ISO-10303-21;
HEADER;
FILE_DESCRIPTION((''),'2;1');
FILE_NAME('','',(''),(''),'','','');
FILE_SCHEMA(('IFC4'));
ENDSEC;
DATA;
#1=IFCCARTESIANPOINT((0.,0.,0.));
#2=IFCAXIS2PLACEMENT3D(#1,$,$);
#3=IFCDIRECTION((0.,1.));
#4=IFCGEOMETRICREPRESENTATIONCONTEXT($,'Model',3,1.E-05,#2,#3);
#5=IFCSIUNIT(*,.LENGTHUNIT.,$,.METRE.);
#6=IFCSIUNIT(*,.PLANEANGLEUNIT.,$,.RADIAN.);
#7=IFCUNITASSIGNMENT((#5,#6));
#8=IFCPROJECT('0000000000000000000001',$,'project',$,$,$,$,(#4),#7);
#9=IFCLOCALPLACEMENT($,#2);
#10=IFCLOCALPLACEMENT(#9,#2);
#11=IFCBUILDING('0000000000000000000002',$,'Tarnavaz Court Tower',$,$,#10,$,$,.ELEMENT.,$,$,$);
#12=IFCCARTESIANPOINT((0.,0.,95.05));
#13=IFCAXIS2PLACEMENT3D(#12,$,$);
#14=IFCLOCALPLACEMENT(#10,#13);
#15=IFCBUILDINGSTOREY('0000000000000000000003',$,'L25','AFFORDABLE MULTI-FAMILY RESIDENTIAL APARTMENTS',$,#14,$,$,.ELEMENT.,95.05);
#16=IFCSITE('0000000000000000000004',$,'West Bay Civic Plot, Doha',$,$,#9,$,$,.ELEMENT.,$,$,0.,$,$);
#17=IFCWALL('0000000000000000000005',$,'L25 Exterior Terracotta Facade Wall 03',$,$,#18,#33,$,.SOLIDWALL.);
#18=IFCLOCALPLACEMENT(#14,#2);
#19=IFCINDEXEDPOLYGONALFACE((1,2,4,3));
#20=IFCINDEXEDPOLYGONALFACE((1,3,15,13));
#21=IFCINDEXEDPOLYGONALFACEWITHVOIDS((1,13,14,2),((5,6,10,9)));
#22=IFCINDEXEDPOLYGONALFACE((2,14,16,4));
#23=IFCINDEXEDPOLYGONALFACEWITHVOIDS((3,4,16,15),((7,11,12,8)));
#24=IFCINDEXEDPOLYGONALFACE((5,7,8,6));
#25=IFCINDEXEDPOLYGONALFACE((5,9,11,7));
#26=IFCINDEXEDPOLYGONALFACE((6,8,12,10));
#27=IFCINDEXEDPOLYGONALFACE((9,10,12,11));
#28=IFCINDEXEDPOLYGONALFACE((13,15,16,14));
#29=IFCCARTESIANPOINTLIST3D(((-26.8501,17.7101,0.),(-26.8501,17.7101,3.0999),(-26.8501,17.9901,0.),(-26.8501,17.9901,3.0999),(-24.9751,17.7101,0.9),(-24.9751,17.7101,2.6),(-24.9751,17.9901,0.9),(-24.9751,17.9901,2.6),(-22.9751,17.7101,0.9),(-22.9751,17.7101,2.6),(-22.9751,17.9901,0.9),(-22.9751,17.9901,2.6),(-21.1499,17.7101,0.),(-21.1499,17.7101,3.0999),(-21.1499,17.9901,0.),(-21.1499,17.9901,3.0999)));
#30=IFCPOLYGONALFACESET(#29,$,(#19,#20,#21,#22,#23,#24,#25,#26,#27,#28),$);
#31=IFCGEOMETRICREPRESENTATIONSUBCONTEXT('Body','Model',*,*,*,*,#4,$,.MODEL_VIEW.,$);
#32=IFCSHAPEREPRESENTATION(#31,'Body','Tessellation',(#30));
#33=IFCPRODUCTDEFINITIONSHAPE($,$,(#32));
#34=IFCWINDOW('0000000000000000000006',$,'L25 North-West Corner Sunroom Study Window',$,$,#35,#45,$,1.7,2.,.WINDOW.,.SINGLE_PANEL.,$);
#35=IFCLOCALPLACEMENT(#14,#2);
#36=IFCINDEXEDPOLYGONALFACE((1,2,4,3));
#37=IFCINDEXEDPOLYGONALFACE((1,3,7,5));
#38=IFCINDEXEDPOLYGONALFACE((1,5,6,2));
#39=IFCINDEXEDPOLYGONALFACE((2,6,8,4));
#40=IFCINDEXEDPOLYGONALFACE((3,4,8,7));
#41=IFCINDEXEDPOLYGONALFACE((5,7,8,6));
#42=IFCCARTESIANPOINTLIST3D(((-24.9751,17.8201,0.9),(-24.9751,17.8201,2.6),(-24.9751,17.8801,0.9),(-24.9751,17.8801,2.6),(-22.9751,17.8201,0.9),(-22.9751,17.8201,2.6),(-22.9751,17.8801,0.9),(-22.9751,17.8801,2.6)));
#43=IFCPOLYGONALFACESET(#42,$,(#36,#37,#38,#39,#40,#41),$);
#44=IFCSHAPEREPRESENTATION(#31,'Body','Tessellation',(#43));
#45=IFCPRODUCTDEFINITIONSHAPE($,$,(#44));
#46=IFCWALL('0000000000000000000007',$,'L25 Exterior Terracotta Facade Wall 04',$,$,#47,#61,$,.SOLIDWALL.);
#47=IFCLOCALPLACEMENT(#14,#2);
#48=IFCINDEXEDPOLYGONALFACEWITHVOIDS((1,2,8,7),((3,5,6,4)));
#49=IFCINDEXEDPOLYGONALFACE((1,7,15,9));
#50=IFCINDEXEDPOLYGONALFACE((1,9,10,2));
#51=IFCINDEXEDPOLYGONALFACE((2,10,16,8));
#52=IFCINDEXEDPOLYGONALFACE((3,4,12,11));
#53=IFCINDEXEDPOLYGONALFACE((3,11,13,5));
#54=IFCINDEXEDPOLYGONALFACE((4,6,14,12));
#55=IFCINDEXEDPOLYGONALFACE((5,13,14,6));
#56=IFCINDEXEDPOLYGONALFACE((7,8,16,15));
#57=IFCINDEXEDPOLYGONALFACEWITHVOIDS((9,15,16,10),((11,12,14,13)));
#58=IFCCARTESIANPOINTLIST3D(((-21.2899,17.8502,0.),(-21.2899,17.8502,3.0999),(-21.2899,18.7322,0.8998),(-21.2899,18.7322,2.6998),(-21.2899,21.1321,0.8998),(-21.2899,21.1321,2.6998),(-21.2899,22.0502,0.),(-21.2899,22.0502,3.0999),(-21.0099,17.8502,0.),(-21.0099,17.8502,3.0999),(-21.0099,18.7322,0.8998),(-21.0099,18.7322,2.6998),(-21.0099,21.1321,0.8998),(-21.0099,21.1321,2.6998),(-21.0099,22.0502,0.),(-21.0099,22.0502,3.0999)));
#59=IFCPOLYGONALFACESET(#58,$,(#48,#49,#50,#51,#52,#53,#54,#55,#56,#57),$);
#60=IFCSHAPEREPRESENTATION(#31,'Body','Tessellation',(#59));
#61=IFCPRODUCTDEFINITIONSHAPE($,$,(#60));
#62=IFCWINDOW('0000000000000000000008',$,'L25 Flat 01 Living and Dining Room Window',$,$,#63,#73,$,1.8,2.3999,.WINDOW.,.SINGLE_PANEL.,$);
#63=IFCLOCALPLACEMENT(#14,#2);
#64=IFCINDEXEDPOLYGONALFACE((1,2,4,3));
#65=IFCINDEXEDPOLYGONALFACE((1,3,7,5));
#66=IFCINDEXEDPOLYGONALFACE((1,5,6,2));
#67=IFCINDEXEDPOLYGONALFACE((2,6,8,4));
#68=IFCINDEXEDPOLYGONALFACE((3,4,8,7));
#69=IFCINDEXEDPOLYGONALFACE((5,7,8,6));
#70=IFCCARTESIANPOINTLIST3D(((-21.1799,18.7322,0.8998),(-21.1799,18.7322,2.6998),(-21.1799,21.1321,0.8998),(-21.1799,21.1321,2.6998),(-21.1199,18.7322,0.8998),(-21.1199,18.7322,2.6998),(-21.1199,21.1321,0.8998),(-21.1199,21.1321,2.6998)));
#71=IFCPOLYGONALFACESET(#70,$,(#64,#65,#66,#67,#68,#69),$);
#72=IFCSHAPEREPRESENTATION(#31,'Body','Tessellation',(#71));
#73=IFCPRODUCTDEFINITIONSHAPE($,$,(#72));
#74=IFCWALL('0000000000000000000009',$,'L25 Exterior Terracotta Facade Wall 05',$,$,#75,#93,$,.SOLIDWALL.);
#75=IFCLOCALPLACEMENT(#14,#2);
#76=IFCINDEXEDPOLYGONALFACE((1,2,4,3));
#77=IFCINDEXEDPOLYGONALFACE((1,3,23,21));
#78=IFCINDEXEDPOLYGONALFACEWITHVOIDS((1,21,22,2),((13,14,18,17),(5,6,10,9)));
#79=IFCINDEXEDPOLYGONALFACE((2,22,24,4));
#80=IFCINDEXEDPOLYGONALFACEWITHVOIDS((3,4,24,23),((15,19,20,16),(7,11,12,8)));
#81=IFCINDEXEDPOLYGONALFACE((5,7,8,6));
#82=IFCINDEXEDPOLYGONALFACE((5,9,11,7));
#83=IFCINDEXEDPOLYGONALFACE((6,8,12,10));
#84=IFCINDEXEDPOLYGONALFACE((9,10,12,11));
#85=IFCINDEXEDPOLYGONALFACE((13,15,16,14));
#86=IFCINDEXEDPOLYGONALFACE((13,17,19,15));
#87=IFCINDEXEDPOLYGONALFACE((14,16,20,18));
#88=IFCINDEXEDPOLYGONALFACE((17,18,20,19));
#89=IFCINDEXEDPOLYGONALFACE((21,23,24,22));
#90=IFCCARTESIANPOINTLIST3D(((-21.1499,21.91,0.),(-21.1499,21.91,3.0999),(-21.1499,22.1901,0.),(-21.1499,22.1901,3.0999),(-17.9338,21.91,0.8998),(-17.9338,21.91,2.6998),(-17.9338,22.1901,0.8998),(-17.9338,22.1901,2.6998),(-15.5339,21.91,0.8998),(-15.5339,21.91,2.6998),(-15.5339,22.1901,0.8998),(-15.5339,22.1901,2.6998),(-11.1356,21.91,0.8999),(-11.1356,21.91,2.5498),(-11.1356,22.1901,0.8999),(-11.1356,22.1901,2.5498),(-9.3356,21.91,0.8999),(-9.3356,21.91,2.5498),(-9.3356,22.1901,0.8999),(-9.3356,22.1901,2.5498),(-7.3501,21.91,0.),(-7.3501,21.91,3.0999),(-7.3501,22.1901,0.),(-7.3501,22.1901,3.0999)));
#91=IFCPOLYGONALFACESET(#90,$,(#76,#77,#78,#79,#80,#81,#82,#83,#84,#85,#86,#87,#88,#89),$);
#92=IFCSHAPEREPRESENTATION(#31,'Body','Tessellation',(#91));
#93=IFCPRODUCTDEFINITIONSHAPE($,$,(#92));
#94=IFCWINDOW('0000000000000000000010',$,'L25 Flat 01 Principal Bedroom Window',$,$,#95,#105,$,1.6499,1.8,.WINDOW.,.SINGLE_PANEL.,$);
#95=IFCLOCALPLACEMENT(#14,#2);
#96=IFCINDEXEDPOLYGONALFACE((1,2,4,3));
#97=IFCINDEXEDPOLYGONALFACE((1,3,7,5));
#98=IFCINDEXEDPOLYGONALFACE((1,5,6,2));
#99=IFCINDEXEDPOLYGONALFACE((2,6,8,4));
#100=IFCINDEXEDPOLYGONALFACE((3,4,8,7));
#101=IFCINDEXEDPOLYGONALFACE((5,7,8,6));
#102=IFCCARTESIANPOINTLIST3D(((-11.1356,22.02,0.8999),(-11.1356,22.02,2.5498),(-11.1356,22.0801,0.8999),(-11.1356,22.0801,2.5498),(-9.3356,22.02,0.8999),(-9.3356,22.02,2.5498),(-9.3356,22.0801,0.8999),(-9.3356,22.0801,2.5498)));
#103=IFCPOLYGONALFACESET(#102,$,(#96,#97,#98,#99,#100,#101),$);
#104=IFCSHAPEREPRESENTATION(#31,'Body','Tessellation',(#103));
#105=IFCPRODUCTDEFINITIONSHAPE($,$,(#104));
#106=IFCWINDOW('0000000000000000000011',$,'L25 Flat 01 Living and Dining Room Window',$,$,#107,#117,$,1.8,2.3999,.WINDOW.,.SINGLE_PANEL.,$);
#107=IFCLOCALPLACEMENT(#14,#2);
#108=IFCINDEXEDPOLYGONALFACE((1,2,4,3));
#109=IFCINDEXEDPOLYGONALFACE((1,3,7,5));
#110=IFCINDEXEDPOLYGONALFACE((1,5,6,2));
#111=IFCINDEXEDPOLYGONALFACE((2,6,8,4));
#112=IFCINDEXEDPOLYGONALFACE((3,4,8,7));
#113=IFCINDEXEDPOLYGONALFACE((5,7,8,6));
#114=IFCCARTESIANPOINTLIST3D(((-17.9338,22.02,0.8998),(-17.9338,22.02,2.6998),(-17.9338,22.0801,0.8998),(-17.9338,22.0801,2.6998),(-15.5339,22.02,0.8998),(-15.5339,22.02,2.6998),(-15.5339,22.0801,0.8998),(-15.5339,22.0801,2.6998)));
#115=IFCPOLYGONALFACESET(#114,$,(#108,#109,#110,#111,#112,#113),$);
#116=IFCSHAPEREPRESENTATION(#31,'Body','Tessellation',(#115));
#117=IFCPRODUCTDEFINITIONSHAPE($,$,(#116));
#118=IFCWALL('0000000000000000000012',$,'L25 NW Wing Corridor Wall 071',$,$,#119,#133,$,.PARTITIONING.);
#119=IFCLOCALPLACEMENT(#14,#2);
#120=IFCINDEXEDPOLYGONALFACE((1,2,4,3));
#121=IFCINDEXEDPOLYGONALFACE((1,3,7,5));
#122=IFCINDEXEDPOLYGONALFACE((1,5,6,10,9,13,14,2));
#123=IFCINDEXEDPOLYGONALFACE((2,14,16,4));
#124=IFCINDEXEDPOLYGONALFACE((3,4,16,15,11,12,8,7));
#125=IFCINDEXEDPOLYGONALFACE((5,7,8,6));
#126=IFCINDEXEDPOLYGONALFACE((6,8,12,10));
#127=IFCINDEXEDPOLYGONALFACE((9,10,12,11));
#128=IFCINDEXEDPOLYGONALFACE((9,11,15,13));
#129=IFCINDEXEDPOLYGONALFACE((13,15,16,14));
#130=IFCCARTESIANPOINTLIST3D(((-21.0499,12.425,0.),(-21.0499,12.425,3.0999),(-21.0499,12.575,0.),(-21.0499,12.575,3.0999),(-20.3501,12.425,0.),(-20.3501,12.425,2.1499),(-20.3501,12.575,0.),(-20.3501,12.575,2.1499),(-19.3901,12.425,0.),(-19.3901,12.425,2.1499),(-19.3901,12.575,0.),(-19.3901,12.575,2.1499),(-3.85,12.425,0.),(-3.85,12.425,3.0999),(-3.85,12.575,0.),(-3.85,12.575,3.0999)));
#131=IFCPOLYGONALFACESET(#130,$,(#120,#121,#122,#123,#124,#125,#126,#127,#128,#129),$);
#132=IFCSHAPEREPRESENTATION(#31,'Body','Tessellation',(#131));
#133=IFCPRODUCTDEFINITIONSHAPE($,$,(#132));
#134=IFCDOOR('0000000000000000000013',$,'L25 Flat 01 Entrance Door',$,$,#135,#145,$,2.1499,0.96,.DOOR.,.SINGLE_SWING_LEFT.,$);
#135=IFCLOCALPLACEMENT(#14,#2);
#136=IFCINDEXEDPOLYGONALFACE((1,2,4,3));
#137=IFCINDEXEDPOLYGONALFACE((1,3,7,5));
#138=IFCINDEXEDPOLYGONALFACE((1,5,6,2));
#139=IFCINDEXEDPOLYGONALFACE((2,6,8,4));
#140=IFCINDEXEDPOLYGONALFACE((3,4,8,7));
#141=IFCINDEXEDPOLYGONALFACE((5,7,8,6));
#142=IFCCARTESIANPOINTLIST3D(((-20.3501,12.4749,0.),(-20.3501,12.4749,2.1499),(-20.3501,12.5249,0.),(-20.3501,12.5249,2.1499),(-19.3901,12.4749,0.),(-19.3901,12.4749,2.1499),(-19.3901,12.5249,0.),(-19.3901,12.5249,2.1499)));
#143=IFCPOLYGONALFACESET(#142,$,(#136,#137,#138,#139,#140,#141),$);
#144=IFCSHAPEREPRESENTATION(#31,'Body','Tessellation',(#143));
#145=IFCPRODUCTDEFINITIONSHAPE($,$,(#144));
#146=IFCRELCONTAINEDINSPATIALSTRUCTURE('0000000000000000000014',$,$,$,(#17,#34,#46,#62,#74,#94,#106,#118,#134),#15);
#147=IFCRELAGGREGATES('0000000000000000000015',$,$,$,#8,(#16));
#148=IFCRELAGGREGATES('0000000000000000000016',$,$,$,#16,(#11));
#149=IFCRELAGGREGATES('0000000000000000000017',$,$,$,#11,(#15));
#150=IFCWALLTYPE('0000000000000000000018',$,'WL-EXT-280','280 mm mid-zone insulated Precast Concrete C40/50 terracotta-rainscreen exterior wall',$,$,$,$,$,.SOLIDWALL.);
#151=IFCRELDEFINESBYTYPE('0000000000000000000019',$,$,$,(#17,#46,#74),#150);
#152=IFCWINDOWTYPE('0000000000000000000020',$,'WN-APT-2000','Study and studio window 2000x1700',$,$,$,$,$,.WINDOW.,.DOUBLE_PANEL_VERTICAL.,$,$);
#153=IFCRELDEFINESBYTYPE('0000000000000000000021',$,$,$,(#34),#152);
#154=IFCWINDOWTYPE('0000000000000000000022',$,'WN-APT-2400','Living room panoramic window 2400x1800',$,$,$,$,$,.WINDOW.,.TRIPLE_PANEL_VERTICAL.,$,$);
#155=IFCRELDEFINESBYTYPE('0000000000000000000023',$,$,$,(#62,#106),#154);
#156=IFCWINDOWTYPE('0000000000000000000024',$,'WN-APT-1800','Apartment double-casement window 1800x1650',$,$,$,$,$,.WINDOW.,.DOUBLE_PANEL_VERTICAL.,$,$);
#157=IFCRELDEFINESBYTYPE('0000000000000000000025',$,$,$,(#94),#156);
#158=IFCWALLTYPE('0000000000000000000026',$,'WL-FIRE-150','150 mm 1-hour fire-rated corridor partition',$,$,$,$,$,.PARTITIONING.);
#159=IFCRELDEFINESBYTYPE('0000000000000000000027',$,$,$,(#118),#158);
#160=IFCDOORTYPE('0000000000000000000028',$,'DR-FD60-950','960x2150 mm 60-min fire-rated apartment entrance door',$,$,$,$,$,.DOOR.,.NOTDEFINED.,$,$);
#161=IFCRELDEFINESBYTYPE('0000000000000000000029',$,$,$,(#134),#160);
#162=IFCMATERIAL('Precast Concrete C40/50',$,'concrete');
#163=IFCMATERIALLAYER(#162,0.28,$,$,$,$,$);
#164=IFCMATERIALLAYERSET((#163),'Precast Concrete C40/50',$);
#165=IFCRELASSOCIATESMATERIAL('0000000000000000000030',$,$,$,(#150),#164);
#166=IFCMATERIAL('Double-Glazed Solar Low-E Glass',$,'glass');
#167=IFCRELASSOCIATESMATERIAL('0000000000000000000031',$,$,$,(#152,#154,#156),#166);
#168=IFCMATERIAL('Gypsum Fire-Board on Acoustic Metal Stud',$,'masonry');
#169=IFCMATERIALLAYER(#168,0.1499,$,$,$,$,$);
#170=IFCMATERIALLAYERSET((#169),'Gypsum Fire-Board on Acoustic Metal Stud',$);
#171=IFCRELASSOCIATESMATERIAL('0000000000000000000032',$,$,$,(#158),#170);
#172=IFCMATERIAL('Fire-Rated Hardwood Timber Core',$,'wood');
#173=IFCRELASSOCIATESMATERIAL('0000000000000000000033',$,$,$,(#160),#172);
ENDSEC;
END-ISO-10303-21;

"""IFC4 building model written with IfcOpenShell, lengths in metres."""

from ifc_helpers import new_model, si_unit, direction, frame, frame_2d, origin, place, context, subcontext, project, spatial, rectangle, extrude, material, layer, layer_set, type_object, element, fill, save


model = new_model("IFC4")

# Units and contexts
model_context = context("Model", 3, precision=1e-05, world=origin(), true_north=direction((0.0, 1.0)))
body_context = subcontext(model_context, "Body", "Model", "MODEL_VIEW")
ifc_project = project(units=[si_unit("LENGTHUNIT", "METRE"), si_unit("PLANEANGLEUNIT", "RADIAN")], contexts=[model_context])

# Site, building, storey
site_placement = place(None, origin())
site = spatial("IfcSite", under=ifc_project, at=site_placement, Name="West Bay Civic Plot, Doha", CompositionType="ELEMENT", RefElevation=0.0)
building_placement = place(site_placement, origin())
building = spatial("IfcBuilding", under=site, at=building_placement, Name="Tarnavaz Court Tower", CompositionType="ELEMENT")
storey_placement = place(building_placement, frame((0.0, 0.0, 95.05)))
storey = spatial("IfcBuildingStorey", under=building, at=storey_placement, Name="L25", Description="AFFORDABLE MULTI-FAMILY RESIDENTIAL APARTMENTS", CompositionType="ELEMENT", Elevation=95.05)

# Walls, openings, windows
ifc_material_1 = material(Name="Precast Concrete C40/50", Category="concrete")
ifc_layer_1 = layer(ifc_material_1, 0.28)
ifc_layer_set_1 = layer_set([ifc_layer_1], Name="Precast Concrete C40/50")
wall_type_1 = type_object("IfcWallType", Name="WL-EXT-280", Description="280 mm mid-zone insulated Precast Concrete C40/50 terracotta-rainscreen exterior wall", PredefinedType="SOLIDWALL", material=ifc_layer_set_1)
wall_1_placement = place(storey_placement, frame((-26.8501, 17.8501, 0.0), z_axis=(0.0, 0.0, 1.0), x_axis=(1.0, 0.0, 0.0)))
wall_1 = element("IfcWall", 1, at=wall_1_placement, inside=storey, type_object=wall_type_1, Name="L25 Exterior Terracotta Facade Wall 03", PredefinedType="SOLIDWALL", context=body_context, shape_type="SweptSolid", body=[
    extrude(rectangle(XDim=5.7002, YDim=0.28, at=frame_2d((2.8501, 0.0))), origin(), (0.0, 0.0, 1.0), 3.0999),
])
opening_1_placement = place(wall_1_placement, frame((1.875, 0.0, 0.8999)))
opening_1 = element("IfcOpeningElement", 2, at=opening_1_placement, cuts=wall_1, PredefinedType="OPENING", context=body_context, shape_type="SweptSolid", body=[
    extrude(rectangle(XDim=2.0, YDim=1.7, at=frame_2d((1.0, 0.8501))), frame((0.0, 0.1499, 0.0), z_axis=(0.0, -1.0, 0.0), x_axis=(1.0, 0.0, 0.0)), (0.0, 0.0, 1.0), 0.3),
])
ifc_material_2 = material(Name="Double-Glazed Solar Low-E Glass", Category="glass")
window_type_1 = type_object("IfcWindowType", Name="WN-APT-2000", Description="Study and studio window 2000x1700", PartitioningType="DOUBLE_PANEL_VERTICAL", PredefinedType="WINDOW", material=ifc_material_2)
window_1_placement = place(opening_1_placement, origin())
window_1 = element("IfcWindow", 3, at=window_1_placement, inside=storey, type_object=window_type_1, Name="L25 North-West Corner Sunroom Study Window", OverallHeight=1.7, OverallWidth=2.0, PartitioningType="SINGLE_PANEL", PredefinedType="WINDOW", context=body_context, shape_type="SweptSolid", body=[
    extrude(rectangle(XDim=2.0, YDim=1.7, at=frame_2d((1.0, 0.8501))), frame((0.0, 0.03, 0.0), z_axis=(0.0, -1.0, 0.0), x_axis=(1.0, 0.0, 0.0)), (0.0, 0.0, 1.0), 0.0601),
])
fill(opening_1, window_1)
wall_2_placement = place(storey_placement, frame((-21.1499, 17.8501, 0.0), z_axis=(0.0, 0.0, 1.0), x_axis=(0.0, 1.0, 0.0)))
wall_2 = element("IfcWall", 4, at=wall_2_placement, inside=storey, type_object=wall_type_1, Name="L25 Exterior Terracotta Facade Wall 04", PredefinedType="SOLIDWALL", context=body_context, shape_type="SweptSolid", body=[
    extrude(rectangle(XDim=4.2, YDim=0.28, at=frame_2d((2.1001, 0.0))), origin(), (0.0, 0.0, 1.0), 3.0999),
])
opening_2_placement = place(wall_2_placement, frame((0.8821, 0.0, 0.8999)))
opening_2 = element("IfcOpeningElement", 5, at=opening_2_placement, cuts=wall_2, PredefinedType="OPENING", context=body_context, shape_type="SweptSolid", body=[
    extrude(rectangle(XDim=2.3999, YDim=1.8, at=frame_2d((1.2, 0.8999))), frame((0.0, 0.1499, 0.0), z_axis=(0.0, -1.0, 0.0), x_axis=(1.0, 0.0, 0.0)), (0.0, 0.0, 1.0), 0.3),
])
window_type_2 = type_object("IfcWindowType", Name="WN-APT-2400", Description="Living room panoramic window 2400x1800", PartitioningType="TRIPLE_PANEL_VERTICAL", PredefinedType="WINDOW", material=ifc_material_2)
window_2_placement = place(opening_2_placement, origin())
window_2 = element("IfcWindow", 6, at=window_2_placement, inside=storey, type_object=window_type_2, Name="L25 Flat 01 Living and Dining Room Window", OverallHeight=1.8, OverallWidth=2.3999, PartitioningType="SINGLE_PANEL", PredefinedType="WINDOW", context=body_context, shape_type="SweptSolid", body=[
    extrude(rectangle(XDim=2.3999, YDim=1.8, at=frame_2d((1.2, 0.8999))), frame((0.0, 0.03, 0.0), z_axis=(0.0, -1.0, 0.0), x_axis=(1.0, 0.0, 0.0)), (0.0, 0.0, 1.0), 0.0601),
])
fill(opening_2, window_2)

# Wall, openings, windows
wall_3_placement = place(storey_placement, frame((-21.1499, 22.05, 0.0), z_axis=(0.0, 0.0, 1.0), x_axis=(1.0, 0.0, 0.0)))
wall_3 = element("IfcWall", 7, at=wall_3_placement, inside=storey, type_object=wall_type_1, Name="L25 Exterior Terracotta Facade Wall 05", PredefinedType="SOLIDWALL", context=body_context, shape_type="SweptSolid", body=[
    extrude(rectangle(XDim=13.7998, YDim=0.28, at=frame_2d((6.8999, 0.0))), origin(), (0.0, 0.0, 1.0), 3.0999),
])
opening_3_placement = place(wall_3_placement, frame((3.2161, 0.0, 0.8999)))
opening_3 = element("IfcOpeningElement", 8, at=opening_3_placement, cuts=wall_3, PredefinedType="OPENING", context=body_context, shape_type="SweptSolid", body=[
    extrude(rectangle(XDim=2.3999, YDim=1.8, at=frame_2d((1.2, 0.8999))), frame((0.0, 0.1499, 0.0), z_axis=(0.0, -1.0, 0.0), x_axis=(1.0, 0.0, 0.0)), (0.0, 0.0, 1.0), 0.3),
])
opening_4_placement = place(wall_3_placement, frame((10.0144, 0.0, 0.8999)))
opening_4 = element("IfcOpeningElement", 9, at=opening_4_placement, cuts=wall_3, PredefinedType="OPENING", context=body_context, shape_type="SweptSolid", body=[
    extrude(rectangle(XDim=1.8, YDim=1.6499, at=frame_2d((0.8999, 0.825))), frame((0.0, 0.1499, 0.0), z_axis=(0.0, -1.0, 0.0), x_axis=(1.0, 0.0, 0.0)), (0.0, 0.0, 1.0), 0.3),
])
window_type_3 = type_object("IfcWindowType", Name="WN-APT-1800", Description="Apartment double-casement window 1800x1650", PartitioningType="DOUBLE_PANEL_VERTICAL", PredefinedType="WINDOW", material=ifc_material_2)
window_3_placement = place(opening_4_placement, origin())
window_3 = element("IfcWindow", 10, at=window_3_placement, inside=storey, type_object=window_type_3, Name="L25 Flat 01 Principal Bedroom Window", OverallHeight=1.6499, OverallWidth=1.8, PartitioningType="SINGLE_PANEL", PredefinedType="WINDOW", context=body_context, shape_type="SweptSolid", body=[
    extrude(rectangle(XDim=1.8, YDim=1.6499, at=frame_2d((0.8999, 0.825))), frame((0.0, 0.03, 0.0), z_axis=(0.0, -1.0, 0.0), x_axis=(1.0, 0.0, 0.0)), (0.0, 0.0, 1.0), 0.0601),
])
fill(opening_4, window_3)
window_4_placement = place(opening_3_placement, origin())
window_4 = element("IfcWindow", 11, at=window_4_placement, inside=storey, type_object=window_type_2, Name="L25 Flat 01 Living and Dining Room Window", OverallHeight=1.8, OverallWidth=2.3999, PartitioningType="SINGLE_PANEL", PredefinedType="WINDOW", context=body_context, shape_type="SweptSolid", body=[
    extrude(rectangle(XDim=2.3999, YDim=1.8, at=frame_2d((1.2, 0.8999))), frame((0.0, 0.03, 0.0), z_axis=(0.0, -1.0, 0.0), x_axis=(1.0, 0.0, 0.0)), (0.0, 0.0, 1.0), 0.0601),
])
fill(opening_3, window_4)

# Wall, opening, door
ifc_material_3 = material(Name="Gypsum Fire-Board on Acoustic Metal Stud", Category="masonry")
ifc_layer_2 = layer(ifc_material_3, 0.1499)
ifc_layer_set_2 = layer_set([ifc_layer_2], Name="Gypsum Fire-Board on Acoustic Metal Stud")
wall_type_2 = type_object("IfcWallType", Name="WL-FIRE-150", Description="150 mm 1-hour fire-rated corridor partition", PredefinedType="PARTITIONING", material=ifc_layer_set_2)
wall_4_placement = place(storey_placement, frame((-21.05, 12.5, 0.0), z_axis=(0.0, 0.0, 1.0), x_axis=(1.0, 0.0, 0.0)))
wall_4 = element("IfcWall", 12, at=wall_4_placement, inside=storey, type_object=wall_type_2, Name="L25 NW Wing Corridor Wall 071", PredefinedType="PARTITIONING", context=body_context, shape_type="SweptSolid", body=[
    extrude(rectangle(XDim=17.2, YDim=0.1499, at=frame_2d((8.6001, 0.0))), origin(), (0.0, 0.0, 1.0), 3.0999),
])
opening_5_placement = place(wall_4_placement, frame((0.7, 0.0, 0.0)))
opening_5 = element("IfcOpeningElement", 13, at=opening_5_placement, cuts=wall_4, PredefinedType="OPENING", context=body_context, shape_type="SweptSolid", body=[
    extrude(rectangle(XDim=0.96, YDim=2.1499, at=frame_2d((0.48, 1.075))), frame((0.0, 0.085, 0.0), z_axis=(0.0, -1.0, 0.0), x_axis=(1.0, 0.0, 0.0)), (0.0, 0.0, 1.0), 0.1699),
])
ifc_material_4 = material(Name="Fire-Rated Hardwood Timber Core", Category="wood")
door_type_1 = type_object("IfcDoorType", Name="DR-FD60-950", Description="960x2150 mm 60-min fire-rated apartment entrance door", OperationType="NOTDEFINED", PredefinedType="DOOR", material=ifc_material_4)
door_1_placement = place(opening_5_placement, origin())
door_1 = element("IfcDoor", 14, at=door_1_placement, inside=storey, type_object=door_type_1, Name="L25 Flat 01 Entrance Door", OperationType="SINGLE_SWING_LEFT", OverallHeight=2.1499, OverallWidth=0.96, PredefinedType="DOOR", context=body_context, shape_type="SweptSolid", body=[
    extrude(rectangle(XDim=0.96, YDim=2.1499, at=frame_2d((0.48, 1.075))), frame((0.0, 0.0249, 0.0), z_axis=(0.0, -1.0, 0.0), x_axis=(1.0, 0.0, 0.0)), (0.0, 0.0, 1.0), 0.05),
])
fill(opening_5, door_1)

save(model, "model.ifc")
